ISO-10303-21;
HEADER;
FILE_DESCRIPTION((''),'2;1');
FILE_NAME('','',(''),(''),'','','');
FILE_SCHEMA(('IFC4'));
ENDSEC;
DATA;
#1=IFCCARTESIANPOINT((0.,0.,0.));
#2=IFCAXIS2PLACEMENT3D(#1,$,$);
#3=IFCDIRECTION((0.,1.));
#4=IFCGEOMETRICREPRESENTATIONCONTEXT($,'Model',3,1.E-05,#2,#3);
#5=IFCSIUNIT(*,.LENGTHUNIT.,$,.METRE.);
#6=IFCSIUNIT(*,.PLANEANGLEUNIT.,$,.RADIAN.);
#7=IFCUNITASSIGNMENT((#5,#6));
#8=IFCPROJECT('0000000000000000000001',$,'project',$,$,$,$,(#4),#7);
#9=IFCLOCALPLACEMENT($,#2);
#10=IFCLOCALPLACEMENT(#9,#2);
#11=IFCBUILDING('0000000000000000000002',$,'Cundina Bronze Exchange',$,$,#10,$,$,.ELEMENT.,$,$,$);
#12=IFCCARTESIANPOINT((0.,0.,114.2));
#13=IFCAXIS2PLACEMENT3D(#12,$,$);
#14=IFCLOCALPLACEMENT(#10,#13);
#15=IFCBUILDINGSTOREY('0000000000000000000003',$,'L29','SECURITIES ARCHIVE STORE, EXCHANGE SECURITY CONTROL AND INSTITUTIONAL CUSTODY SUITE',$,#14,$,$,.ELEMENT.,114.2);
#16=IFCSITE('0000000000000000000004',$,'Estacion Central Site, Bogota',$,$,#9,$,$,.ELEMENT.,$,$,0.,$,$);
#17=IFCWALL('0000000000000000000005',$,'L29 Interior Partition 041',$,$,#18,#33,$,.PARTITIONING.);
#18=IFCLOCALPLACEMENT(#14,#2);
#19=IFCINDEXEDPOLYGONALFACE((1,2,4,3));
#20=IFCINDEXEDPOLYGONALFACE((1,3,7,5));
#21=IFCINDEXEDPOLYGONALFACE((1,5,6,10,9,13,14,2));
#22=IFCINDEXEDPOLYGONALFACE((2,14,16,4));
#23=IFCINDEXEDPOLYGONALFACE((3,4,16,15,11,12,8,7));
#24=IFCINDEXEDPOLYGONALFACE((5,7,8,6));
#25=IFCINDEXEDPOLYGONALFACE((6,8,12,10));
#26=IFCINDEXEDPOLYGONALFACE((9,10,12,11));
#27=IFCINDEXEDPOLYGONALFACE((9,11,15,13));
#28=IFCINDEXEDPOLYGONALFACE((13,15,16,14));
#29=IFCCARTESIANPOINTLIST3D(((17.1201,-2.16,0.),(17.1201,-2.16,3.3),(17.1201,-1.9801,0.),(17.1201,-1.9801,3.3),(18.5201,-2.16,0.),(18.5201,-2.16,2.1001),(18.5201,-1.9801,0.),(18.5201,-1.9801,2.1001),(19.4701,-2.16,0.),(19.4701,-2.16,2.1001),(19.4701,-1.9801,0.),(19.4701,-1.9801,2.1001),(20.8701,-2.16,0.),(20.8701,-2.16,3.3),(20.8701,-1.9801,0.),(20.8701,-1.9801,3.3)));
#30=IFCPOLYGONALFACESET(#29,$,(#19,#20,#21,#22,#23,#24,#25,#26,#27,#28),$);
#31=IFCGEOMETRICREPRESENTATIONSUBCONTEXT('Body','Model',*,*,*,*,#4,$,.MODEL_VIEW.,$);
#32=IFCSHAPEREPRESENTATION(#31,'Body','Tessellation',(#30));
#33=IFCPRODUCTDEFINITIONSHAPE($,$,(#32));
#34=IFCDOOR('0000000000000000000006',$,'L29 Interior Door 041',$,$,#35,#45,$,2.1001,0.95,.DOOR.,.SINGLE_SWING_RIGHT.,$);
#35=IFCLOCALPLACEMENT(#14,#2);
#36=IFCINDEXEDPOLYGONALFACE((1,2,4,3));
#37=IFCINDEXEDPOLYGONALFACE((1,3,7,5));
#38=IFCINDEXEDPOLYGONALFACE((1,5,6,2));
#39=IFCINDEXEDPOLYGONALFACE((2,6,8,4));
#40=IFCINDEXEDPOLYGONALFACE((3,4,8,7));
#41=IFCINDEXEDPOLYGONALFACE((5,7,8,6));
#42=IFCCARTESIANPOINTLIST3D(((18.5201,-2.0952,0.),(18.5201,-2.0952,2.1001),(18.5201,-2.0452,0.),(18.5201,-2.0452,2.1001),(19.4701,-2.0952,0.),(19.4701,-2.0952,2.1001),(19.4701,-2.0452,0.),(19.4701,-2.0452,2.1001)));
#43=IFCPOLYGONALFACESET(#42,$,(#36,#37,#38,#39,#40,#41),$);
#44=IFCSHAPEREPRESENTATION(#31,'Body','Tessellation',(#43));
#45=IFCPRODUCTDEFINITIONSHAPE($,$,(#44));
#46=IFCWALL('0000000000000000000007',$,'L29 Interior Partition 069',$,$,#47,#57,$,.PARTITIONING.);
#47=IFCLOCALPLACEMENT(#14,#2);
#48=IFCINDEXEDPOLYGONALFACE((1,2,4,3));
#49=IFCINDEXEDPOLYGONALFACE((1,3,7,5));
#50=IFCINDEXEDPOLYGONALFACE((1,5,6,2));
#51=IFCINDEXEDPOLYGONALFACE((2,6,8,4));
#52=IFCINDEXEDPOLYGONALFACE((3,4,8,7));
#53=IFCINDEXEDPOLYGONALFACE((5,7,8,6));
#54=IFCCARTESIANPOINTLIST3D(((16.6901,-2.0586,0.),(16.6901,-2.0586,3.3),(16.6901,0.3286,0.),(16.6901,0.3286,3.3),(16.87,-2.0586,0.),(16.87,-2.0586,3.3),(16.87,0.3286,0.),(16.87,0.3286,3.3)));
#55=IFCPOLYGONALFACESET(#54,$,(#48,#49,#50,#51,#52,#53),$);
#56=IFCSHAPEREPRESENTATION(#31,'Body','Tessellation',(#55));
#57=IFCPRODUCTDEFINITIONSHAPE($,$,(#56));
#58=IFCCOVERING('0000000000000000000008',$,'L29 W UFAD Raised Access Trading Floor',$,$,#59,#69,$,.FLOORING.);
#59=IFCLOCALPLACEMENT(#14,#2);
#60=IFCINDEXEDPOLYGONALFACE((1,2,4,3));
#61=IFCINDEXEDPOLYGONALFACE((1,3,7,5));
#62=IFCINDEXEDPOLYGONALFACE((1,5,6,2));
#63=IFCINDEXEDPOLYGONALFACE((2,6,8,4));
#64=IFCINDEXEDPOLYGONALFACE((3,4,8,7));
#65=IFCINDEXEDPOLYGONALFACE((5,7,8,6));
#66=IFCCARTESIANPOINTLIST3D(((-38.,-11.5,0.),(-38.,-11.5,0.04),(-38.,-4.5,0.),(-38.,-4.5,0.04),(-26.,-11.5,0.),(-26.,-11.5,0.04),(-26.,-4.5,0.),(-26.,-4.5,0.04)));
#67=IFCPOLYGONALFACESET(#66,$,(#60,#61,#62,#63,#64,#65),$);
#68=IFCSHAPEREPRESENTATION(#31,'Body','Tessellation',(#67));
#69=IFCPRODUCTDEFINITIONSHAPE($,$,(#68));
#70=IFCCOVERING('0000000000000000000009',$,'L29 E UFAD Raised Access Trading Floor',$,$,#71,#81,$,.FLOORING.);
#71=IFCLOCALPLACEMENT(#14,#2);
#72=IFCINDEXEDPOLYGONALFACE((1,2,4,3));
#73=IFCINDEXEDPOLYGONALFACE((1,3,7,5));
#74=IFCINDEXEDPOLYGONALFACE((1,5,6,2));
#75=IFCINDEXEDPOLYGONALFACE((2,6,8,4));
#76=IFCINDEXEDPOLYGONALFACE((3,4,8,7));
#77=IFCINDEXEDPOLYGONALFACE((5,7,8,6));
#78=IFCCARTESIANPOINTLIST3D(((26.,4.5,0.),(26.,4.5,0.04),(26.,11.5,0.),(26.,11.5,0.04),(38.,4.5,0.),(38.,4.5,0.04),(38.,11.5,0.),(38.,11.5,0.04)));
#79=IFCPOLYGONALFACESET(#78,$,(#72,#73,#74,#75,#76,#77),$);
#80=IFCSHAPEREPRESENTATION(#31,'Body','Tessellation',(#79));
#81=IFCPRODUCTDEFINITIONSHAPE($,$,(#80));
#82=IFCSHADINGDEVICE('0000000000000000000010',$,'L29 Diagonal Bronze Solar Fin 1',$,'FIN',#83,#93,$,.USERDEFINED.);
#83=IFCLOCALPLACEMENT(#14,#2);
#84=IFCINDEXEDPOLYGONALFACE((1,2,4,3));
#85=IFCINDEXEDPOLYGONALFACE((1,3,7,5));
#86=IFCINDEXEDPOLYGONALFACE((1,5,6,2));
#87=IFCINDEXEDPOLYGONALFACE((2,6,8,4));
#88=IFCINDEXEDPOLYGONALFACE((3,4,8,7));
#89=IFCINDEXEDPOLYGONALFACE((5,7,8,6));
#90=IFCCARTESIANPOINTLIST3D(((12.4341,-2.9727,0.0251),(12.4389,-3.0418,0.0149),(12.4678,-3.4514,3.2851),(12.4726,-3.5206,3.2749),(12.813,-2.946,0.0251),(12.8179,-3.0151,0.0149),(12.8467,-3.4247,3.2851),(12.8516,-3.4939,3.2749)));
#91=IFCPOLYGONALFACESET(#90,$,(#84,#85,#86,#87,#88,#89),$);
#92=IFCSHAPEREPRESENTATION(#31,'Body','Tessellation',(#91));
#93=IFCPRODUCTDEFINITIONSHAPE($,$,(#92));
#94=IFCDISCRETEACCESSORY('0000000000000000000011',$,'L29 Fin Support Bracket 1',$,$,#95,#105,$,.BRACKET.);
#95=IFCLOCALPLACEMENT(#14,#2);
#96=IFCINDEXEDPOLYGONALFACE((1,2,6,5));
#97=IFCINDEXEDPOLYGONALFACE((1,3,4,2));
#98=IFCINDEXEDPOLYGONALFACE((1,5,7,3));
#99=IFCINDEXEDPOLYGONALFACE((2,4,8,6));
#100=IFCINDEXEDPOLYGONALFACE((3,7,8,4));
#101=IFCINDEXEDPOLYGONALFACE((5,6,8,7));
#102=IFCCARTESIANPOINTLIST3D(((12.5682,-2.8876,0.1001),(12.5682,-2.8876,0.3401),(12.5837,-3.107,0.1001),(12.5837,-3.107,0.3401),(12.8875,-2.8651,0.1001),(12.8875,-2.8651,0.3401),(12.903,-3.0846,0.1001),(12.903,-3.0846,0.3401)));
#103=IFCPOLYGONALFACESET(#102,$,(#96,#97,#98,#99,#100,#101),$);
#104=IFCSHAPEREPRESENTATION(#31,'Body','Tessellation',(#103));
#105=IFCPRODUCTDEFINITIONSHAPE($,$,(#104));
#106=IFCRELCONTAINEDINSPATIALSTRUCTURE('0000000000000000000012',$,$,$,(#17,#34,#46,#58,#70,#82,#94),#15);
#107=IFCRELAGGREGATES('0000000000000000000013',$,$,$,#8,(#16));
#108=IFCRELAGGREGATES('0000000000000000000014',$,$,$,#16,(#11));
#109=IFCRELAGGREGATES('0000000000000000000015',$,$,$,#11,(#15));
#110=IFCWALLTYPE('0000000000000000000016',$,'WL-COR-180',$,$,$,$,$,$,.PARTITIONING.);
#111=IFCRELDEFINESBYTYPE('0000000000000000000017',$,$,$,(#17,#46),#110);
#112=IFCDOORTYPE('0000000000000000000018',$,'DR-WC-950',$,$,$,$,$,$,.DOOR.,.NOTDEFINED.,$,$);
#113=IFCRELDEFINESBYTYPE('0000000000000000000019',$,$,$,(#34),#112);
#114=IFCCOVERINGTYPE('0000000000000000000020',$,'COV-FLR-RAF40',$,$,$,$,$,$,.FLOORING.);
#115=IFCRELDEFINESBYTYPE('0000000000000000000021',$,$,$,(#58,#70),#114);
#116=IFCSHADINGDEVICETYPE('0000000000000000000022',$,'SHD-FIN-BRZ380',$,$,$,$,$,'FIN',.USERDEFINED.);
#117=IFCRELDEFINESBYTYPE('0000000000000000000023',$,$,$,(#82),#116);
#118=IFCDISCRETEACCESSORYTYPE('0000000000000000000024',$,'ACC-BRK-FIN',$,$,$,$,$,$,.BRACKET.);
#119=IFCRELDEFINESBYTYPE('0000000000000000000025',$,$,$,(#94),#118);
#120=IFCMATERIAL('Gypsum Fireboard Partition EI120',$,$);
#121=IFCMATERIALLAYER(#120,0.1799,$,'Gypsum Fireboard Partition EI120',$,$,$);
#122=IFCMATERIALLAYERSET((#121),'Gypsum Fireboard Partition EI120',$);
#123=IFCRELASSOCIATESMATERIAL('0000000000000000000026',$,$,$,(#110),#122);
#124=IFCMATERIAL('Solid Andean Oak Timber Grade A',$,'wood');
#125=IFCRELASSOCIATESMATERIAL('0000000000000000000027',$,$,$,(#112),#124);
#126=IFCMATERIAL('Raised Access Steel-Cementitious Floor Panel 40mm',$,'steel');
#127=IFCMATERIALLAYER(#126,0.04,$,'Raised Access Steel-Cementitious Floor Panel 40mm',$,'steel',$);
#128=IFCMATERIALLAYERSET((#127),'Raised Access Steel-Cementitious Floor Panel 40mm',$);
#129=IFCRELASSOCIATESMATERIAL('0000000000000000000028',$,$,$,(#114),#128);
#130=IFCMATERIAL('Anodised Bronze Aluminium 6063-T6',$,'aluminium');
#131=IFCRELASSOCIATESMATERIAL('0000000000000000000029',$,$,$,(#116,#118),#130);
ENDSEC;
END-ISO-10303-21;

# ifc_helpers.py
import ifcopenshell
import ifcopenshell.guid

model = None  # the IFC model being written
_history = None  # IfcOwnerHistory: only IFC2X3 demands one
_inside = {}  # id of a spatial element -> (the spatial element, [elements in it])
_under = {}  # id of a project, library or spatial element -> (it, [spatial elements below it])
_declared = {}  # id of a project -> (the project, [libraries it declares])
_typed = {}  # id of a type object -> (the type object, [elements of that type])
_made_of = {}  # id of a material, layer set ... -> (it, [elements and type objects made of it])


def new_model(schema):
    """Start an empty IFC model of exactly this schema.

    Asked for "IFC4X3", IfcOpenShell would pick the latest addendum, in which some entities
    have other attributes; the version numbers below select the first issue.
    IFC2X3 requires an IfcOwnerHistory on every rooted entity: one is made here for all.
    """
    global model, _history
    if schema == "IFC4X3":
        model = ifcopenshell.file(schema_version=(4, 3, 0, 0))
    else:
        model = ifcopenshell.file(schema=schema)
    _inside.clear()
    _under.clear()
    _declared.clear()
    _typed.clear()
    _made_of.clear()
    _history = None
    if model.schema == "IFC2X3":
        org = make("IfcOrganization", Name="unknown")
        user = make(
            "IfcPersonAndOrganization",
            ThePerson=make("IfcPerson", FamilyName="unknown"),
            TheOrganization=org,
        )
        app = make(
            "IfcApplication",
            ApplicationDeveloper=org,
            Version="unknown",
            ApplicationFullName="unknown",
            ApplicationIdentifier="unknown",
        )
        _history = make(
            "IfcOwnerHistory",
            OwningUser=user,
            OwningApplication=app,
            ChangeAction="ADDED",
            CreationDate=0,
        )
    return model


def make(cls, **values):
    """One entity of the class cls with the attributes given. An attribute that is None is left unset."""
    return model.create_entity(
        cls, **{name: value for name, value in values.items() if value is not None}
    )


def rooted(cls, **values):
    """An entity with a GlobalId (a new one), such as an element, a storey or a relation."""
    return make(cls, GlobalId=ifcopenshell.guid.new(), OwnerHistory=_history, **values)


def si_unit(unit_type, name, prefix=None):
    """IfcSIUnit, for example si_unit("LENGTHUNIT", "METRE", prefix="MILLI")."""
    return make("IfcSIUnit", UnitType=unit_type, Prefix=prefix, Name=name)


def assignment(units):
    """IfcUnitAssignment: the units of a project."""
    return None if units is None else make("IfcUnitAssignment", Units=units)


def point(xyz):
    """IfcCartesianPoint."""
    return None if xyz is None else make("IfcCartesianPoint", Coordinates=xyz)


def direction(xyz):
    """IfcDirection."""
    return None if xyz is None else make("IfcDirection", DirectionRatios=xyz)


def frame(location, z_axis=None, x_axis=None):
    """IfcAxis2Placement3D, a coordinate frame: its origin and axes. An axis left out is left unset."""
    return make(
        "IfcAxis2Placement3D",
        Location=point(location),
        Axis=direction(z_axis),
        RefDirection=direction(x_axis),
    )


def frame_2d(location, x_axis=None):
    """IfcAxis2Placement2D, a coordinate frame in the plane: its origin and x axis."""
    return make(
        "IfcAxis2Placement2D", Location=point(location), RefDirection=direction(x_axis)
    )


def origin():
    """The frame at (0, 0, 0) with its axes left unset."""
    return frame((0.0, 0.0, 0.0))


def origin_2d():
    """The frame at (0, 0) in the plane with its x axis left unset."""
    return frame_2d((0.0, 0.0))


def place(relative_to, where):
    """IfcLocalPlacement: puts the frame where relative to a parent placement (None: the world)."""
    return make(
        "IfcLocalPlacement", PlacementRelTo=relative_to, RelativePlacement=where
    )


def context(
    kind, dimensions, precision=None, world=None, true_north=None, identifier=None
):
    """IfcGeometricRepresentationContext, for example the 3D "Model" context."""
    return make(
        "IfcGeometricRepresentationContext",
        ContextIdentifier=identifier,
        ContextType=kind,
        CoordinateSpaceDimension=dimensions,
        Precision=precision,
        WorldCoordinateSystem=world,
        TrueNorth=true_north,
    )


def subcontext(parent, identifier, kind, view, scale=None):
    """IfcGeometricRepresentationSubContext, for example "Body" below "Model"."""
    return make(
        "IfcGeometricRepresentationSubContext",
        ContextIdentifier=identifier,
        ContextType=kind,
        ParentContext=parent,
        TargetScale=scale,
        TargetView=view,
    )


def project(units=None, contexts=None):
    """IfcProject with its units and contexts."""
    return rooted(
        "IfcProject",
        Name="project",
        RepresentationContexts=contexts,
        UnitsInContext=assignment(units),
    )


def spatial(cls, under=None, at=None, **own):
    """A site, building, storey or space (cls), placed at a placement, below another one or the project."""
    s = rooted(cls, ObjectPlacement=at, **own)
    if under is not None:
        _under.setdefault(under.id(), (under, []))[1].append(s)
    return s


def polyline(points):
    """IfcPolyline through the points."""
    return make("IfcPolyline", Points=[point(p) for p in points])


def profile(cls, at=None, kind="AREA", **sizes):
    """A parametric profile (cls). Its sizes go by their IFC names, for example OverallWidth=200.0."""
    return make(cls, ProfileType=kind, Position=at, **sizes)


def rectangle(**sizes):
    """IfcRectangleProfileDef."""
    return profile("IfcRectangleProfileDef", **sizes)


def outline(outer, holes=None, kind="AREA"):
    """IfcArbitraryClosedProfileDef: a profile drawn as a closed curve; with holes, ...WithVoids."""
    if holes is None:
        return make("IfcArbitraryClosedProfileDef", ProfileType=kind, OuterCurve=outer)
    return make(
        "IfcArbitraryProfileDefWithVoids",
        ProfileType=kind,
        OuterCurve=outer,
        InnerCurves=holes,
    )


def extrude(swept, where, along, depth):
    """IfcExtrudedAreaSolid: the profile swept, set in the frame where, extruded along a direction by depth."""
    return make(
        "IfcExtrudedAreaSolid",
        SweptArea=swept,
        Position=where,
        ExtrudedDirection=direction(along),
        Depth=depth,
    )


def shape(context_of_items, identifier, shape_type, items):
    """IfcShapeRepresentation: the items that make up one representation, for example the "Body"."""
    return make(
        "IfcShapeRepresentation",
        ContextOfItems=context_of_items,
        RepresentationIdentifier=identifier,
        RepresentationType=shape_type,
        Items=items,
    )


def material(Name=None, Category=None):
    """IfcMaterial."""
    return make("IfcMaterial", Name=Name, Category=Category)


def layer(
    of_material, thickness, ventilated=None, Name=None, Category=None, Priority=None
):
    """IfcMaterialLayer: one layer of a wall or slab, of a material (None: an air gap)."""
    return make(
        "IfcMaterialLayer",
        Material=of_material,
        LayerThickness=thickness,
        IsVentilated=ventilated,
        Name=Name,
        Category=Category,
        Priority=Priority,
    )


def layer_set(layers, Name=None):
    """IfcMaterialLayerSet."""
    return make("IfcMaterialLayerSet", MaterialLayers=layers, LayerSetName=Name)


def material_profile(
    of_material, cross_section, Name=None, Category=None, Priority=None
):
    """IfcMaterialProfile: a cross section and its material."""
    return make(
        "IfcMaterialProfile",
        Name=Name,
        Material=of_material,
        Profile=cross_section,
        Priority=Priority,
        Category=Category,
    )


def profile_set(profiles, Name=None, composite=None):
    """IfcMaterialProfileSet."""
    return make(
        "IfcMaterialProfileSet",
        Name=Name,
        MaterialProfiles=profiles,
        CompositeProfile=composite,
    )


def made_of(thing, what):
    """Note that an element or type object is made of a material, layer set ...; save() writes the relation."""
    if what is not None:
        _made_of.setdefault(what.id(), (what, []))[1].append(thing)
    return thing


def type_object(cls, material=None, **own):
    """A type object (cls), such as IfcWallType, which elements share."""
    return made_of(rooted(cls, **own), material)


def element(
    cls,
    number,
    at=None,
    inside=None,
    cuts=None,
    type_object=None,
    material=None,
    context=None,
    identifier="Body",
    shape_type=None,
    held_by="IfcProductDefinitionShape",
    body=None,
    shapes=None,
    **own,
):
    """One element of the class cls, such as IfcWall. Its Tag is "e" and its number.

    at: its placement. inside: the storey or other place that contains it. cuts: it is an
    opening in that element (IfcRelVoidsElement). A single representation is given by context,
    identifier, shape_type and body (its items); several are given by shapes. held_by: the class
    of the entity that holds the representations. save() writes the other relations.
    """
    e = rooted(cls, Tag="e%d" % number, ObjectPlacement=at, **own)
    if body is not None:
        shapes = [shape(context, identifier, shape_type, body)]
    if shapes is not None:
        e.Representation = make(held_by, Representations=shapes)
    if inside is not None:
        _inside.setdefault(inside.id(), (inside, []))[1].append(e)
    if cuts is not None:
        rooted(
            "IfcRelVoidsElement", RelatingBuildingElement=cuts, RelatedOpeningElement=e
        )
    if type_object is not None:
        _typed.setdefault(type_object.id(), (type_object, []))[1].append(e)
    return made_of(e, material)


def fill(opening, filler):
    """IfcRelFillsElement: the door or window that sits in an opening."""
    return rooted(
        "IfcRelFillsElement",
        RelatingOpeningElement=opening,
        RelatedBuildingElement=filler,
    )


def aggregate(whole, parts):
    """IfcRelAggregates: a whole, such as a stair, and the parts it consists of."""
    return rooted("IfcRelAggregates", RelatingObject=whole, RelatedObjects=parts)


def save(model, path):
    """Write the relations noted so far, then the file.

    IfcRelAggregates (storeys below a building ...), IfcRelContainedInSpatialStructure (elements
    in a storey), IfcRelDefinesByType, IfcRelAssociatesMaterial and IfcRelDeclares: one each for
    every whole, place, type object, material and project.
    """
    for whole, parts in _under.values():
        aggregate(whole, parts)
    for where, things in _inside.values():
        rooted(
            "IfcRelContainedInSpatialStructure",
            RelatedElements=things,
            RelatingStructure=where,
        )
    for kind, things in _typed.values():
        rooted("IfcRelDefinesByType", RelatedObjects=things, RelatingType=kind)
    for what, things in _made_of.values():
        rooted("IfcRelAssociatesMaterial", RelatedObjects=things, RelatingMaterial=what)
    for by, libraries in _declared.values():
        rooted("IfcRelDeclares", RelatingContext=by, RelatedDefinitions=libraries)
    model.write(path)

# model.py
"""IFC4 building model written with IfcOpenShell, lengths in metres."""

from ifc_helpers import new_model, si_unit, direction, frame, frame_2d, origin, origin_2d, place, context, subcontext, project, spatial, polyline, rectangle, outline, extrude, material, layer, layer_set, material_profile, profile_set, type_object, element, fill, save


model = new_model("IFC4")

# Units and contexts
model_context = context("Model", 3, precision=1e-05, world=origin(), true_north=direction((0.0, 1.0)))
body_context = subcontext(model_context, "Body", "Model", "MODEL_VIEW")
ifc_project = project(units=[si_unit("LENGTHUNIT", "METRE"), si_unit("PLANEANGLEUNIT", "RADIAN")], contexts=[model_context])

# Site, building, storey
site_placement = place(None, origin())
site = spatial("IfcSite", under=ifc_project, at=site_placement, Name="Estacion Central Site, Bogota", CompositionType="ELEMENT", RefElevation=0.0)
building_placement = place(site_placement, origin())
building = spatial("IfcBuilding", under=site, at=building_placement, Name="Cundina Bronze Exchange", CompositionType="ELEMENT")
storey_placement = place(building_placement, frame((0.0, 0.0, 114.2)))
storey = spatial("IfcBuildingStorey", under=building, at=storey_placement, Name="L29", Description="SECURITIES ARCHIVE STORE, EXCHANGE SECURITY CONTROL AND INSTITUTIONAL CUSTODY SUITE", CompositionType="ELEMENT", Elevation=114.2)

# Shared definitions
ifc_material_1 = material(Name="Anodised Bronze Aluminium 6063-T6", Category="aluminium")

# Wall, opening, door
ifc_material_2 = material(Name="Gypsum Fireboard Partition EI120")
ifc_layer_1 = layer(ifc_material_2, 0.1799, Name="Gypsum Fireboard Partition EI120")
ifc_layer_set_1 = layer_set([ifc_layer_1], Name="Gypsum Fireboard Partition EI120")
wall_type = type_object("IfcWallType", Name="WL-COR-180", PredefinedType="PARTITIONING", material=ifc_layer_set_1)
wall_1_placement = place(storey_placement, frame((17.1201, -2.0701, 0.0), z_axis=(0.0, 0.0, 1.0), x_axis=(1.0, 0.0, 0.0)))
wall_1 = element("IfcWall", 1, at=wall_1_placement, inside=storey, type_object=wall_type, Name="L29 Interior Partition 041", PredefinedType="PARTITIONING", context=body_context, shape_type="SweptSolid", body=[
    extrude(rectangle(XDim=3.75, YDim=0.1799, at=frame_2d((1.875, 0.0))), origin(), (0.0, 0.0, 1.0), 3.3),
])
opening_placement = place(wall_1_placement, frame((1.3999, 0.0, 0.0)))
opening = element("IfcOpeningElement", 2, at=opening_placement, cuts=wall_1, PredefinedType="OPENING", context=body_context, shape_type="SweptSolid", body=[
    extrude(rectangle(XDim=0.95, YDim=2.1001, at=frame_2d((0.4751, 1.05))), frame((0.0, 0.0999, 0.0), z_axis=(0.0, -1.0, 0.0), x_axis=(1.0, 0.0, 0.0)), (0.0, 0.0, 1.0), 0.2),
])
ifc_material_3 = material(Name="Solid Andean Oak Timber Grade A", Category="wood")
door_type = type_object("IfcDoorType", Name="DR-WC-950", OperationType="NOTDEFINED", PredefinedType="DOOR", material=ifc_material_3)
door_placement = place(opening_placement, origin())
door = element("IfcDoor", 3, at=door_placement, inside=storey, type_object=door_type, Name="L29 Interior Door 041", OperationType="SINGLE_SWING_RIGHT", OverallHeight=2.1001, OverallWidth=0.95, PredefinedType="DOOR", context=body_context, shape_type="SweptSolid", body=[
    extrude(rectangle(XDim=0.95, YDim=2.1001, at=frame_2d((0.4751, 1.05))), frame((0.0, 0.0249, 0.0), z_axis=(0.0, -1.0, 0.0), x_axis=(1.0, 0.0, 0.0)), (0.0, 0.0, 1.0), 0.05),
])
fill(opening, door)

# Wall
wall_2_placement = place(storey_placement, frame((16.78, 0.3286, 0.0), z_axis=(0.0, 0.0, 1.0), x_axis=(0.0, -1.0, 0.0)))
element("IfcWall", 4, at=wall_2_placement, inside=storey, type_object=wall_type, Name="L29 Interior Partition 069", PredefinedType="PARTITIONING", context=body_context, shape_type="SweptSolid", body=[
    extrude(rectangle(XDim=2.3872, YDim=0.1799, at=frame_2d((1.1936, 0.0))), origin(), (0.0, 0.0, 1.0), 3.3),
])

# Coverings
ifc_material_4 = material(Name="Raised Access Steel-Cementitious Floor Panel 40mm", Category="steel")
ifc_layer_2 = layer(ifc_material_4, 0.04, Name="Raised Access Steel-Cementitious Floor Panel 40mm", Category="steel")
ifc_layer_set_2 = layer_set([ifc_layer_2], Name="Raised Access Steel-Cementitious Floor Panel 40mm")
covering_type = type_object("IfcCoveringType", Name="COV-FLR-RAF40", PredefinedType="FLOORING", material=ifc_layer_set_2)
covering_1_placement = place(storey_placement, origin())
element("IfcCovering", 5, at=covering_1_placement, inside=storey, type_object=covering_type, Name="L29 W UFAD Raised Access Trading Floor", PredefinedType="FLOORING", context=body_context, shape_type="SweptSolid", body=[
    extrude(outline(polyline([(-38.0, -11.5), (-26.0, -11.5), (-26.0, -4.5), (-38.0, -4.5), (-38.0, -11.5)])), origin(), (0.0, 0.0, 1.0), 0.04),
])
covering_2_placement = place(storey_placement, origin())
element("IfcCovering", 6, at=covering_2_placement, inside=storey, type_object=covering_type, Name="L29 E UFAD Raised Access Trading Floor", PredefinedType="FLOORING", context=body_context, shape_type="SweptSolid", body=[
    extrude(outline(polyline([(26.0, 4.5), (38.0, 4.5), (38.0, 11.5), (26.0, 11.5), (26.0, 4.5)])), origin(), (0.0, 0.0, 1.0), 0.04),
])

# Shading device
ifc_material_profile_1 = material_profile(ifc_material_1, rectangle(XDim=0.0701, YDim=0.3799, at=origin_2d()), Name="FIN70X380", Category="aluminium")
ifc_profile_set_1 = profile_set([ifc_material_profile_1], Name="Anodised Bronze Aluminium 6063-T6")
shading_device_type = type_object("IfcShadingDeviceType", Name="SHD-FIN-BRZ380", ElementType="FIN", PredefinedType="USERDEFINED", material=ifc_profile_set_1)
shading_device_placement = place(storey_placement, frame((12.626, -2.9939, 0.02), z_axis=(0.010225, -0.145292, 0.989336), x_axis=(-0.06945, 0.986895, 0.145652)))
element("IfcShadingDevice", 7, at=shading_device_placement, inside=storey, type_object=shading_device_type, Name="L29 Diagonal Bronze Solar Fin 1", ObjectType="FIN", PredefinedType="USERDEFINED", context=body_context, shape_type="SweptSolid", body=[
    extrude(rectangle(XDim=0.0701, YDim=0.3799, at=origin_2d()), origin(), (0.0, 0.0, 1.0), 3.2952),
])

# Discrete accessory
discrete_accessory_type = type_object("IfcDiscreteAccessoryType", Name="ACC-BRK-FIN", PredefinedType="BRACKET", material=ifc_material_1)
discrete_accessory_placement = place(storey_placement, frame((12.7356, -2.9861, 0.1001), z_axis=(0.0, 0.0, 1.0), x_axis=(0.070279, -0.997527, 0.0)))
element("IfcDiscreteAccessory", 8, at=discrete_accessory_placement, inside=storey, type_object=discrete_accessory_type, Name="L29 Fin Support Bracket 1", PredefinedType="BRACKET", context=body_context, shape_type="SweptSolid", body=[
    extrude(rectangle(XDim=0.22, YDim=0.3201, at=origin_2d()), origin(), (0.0, 0.0, 1.0), 0.24),
])

save(model, "model.ifc")
